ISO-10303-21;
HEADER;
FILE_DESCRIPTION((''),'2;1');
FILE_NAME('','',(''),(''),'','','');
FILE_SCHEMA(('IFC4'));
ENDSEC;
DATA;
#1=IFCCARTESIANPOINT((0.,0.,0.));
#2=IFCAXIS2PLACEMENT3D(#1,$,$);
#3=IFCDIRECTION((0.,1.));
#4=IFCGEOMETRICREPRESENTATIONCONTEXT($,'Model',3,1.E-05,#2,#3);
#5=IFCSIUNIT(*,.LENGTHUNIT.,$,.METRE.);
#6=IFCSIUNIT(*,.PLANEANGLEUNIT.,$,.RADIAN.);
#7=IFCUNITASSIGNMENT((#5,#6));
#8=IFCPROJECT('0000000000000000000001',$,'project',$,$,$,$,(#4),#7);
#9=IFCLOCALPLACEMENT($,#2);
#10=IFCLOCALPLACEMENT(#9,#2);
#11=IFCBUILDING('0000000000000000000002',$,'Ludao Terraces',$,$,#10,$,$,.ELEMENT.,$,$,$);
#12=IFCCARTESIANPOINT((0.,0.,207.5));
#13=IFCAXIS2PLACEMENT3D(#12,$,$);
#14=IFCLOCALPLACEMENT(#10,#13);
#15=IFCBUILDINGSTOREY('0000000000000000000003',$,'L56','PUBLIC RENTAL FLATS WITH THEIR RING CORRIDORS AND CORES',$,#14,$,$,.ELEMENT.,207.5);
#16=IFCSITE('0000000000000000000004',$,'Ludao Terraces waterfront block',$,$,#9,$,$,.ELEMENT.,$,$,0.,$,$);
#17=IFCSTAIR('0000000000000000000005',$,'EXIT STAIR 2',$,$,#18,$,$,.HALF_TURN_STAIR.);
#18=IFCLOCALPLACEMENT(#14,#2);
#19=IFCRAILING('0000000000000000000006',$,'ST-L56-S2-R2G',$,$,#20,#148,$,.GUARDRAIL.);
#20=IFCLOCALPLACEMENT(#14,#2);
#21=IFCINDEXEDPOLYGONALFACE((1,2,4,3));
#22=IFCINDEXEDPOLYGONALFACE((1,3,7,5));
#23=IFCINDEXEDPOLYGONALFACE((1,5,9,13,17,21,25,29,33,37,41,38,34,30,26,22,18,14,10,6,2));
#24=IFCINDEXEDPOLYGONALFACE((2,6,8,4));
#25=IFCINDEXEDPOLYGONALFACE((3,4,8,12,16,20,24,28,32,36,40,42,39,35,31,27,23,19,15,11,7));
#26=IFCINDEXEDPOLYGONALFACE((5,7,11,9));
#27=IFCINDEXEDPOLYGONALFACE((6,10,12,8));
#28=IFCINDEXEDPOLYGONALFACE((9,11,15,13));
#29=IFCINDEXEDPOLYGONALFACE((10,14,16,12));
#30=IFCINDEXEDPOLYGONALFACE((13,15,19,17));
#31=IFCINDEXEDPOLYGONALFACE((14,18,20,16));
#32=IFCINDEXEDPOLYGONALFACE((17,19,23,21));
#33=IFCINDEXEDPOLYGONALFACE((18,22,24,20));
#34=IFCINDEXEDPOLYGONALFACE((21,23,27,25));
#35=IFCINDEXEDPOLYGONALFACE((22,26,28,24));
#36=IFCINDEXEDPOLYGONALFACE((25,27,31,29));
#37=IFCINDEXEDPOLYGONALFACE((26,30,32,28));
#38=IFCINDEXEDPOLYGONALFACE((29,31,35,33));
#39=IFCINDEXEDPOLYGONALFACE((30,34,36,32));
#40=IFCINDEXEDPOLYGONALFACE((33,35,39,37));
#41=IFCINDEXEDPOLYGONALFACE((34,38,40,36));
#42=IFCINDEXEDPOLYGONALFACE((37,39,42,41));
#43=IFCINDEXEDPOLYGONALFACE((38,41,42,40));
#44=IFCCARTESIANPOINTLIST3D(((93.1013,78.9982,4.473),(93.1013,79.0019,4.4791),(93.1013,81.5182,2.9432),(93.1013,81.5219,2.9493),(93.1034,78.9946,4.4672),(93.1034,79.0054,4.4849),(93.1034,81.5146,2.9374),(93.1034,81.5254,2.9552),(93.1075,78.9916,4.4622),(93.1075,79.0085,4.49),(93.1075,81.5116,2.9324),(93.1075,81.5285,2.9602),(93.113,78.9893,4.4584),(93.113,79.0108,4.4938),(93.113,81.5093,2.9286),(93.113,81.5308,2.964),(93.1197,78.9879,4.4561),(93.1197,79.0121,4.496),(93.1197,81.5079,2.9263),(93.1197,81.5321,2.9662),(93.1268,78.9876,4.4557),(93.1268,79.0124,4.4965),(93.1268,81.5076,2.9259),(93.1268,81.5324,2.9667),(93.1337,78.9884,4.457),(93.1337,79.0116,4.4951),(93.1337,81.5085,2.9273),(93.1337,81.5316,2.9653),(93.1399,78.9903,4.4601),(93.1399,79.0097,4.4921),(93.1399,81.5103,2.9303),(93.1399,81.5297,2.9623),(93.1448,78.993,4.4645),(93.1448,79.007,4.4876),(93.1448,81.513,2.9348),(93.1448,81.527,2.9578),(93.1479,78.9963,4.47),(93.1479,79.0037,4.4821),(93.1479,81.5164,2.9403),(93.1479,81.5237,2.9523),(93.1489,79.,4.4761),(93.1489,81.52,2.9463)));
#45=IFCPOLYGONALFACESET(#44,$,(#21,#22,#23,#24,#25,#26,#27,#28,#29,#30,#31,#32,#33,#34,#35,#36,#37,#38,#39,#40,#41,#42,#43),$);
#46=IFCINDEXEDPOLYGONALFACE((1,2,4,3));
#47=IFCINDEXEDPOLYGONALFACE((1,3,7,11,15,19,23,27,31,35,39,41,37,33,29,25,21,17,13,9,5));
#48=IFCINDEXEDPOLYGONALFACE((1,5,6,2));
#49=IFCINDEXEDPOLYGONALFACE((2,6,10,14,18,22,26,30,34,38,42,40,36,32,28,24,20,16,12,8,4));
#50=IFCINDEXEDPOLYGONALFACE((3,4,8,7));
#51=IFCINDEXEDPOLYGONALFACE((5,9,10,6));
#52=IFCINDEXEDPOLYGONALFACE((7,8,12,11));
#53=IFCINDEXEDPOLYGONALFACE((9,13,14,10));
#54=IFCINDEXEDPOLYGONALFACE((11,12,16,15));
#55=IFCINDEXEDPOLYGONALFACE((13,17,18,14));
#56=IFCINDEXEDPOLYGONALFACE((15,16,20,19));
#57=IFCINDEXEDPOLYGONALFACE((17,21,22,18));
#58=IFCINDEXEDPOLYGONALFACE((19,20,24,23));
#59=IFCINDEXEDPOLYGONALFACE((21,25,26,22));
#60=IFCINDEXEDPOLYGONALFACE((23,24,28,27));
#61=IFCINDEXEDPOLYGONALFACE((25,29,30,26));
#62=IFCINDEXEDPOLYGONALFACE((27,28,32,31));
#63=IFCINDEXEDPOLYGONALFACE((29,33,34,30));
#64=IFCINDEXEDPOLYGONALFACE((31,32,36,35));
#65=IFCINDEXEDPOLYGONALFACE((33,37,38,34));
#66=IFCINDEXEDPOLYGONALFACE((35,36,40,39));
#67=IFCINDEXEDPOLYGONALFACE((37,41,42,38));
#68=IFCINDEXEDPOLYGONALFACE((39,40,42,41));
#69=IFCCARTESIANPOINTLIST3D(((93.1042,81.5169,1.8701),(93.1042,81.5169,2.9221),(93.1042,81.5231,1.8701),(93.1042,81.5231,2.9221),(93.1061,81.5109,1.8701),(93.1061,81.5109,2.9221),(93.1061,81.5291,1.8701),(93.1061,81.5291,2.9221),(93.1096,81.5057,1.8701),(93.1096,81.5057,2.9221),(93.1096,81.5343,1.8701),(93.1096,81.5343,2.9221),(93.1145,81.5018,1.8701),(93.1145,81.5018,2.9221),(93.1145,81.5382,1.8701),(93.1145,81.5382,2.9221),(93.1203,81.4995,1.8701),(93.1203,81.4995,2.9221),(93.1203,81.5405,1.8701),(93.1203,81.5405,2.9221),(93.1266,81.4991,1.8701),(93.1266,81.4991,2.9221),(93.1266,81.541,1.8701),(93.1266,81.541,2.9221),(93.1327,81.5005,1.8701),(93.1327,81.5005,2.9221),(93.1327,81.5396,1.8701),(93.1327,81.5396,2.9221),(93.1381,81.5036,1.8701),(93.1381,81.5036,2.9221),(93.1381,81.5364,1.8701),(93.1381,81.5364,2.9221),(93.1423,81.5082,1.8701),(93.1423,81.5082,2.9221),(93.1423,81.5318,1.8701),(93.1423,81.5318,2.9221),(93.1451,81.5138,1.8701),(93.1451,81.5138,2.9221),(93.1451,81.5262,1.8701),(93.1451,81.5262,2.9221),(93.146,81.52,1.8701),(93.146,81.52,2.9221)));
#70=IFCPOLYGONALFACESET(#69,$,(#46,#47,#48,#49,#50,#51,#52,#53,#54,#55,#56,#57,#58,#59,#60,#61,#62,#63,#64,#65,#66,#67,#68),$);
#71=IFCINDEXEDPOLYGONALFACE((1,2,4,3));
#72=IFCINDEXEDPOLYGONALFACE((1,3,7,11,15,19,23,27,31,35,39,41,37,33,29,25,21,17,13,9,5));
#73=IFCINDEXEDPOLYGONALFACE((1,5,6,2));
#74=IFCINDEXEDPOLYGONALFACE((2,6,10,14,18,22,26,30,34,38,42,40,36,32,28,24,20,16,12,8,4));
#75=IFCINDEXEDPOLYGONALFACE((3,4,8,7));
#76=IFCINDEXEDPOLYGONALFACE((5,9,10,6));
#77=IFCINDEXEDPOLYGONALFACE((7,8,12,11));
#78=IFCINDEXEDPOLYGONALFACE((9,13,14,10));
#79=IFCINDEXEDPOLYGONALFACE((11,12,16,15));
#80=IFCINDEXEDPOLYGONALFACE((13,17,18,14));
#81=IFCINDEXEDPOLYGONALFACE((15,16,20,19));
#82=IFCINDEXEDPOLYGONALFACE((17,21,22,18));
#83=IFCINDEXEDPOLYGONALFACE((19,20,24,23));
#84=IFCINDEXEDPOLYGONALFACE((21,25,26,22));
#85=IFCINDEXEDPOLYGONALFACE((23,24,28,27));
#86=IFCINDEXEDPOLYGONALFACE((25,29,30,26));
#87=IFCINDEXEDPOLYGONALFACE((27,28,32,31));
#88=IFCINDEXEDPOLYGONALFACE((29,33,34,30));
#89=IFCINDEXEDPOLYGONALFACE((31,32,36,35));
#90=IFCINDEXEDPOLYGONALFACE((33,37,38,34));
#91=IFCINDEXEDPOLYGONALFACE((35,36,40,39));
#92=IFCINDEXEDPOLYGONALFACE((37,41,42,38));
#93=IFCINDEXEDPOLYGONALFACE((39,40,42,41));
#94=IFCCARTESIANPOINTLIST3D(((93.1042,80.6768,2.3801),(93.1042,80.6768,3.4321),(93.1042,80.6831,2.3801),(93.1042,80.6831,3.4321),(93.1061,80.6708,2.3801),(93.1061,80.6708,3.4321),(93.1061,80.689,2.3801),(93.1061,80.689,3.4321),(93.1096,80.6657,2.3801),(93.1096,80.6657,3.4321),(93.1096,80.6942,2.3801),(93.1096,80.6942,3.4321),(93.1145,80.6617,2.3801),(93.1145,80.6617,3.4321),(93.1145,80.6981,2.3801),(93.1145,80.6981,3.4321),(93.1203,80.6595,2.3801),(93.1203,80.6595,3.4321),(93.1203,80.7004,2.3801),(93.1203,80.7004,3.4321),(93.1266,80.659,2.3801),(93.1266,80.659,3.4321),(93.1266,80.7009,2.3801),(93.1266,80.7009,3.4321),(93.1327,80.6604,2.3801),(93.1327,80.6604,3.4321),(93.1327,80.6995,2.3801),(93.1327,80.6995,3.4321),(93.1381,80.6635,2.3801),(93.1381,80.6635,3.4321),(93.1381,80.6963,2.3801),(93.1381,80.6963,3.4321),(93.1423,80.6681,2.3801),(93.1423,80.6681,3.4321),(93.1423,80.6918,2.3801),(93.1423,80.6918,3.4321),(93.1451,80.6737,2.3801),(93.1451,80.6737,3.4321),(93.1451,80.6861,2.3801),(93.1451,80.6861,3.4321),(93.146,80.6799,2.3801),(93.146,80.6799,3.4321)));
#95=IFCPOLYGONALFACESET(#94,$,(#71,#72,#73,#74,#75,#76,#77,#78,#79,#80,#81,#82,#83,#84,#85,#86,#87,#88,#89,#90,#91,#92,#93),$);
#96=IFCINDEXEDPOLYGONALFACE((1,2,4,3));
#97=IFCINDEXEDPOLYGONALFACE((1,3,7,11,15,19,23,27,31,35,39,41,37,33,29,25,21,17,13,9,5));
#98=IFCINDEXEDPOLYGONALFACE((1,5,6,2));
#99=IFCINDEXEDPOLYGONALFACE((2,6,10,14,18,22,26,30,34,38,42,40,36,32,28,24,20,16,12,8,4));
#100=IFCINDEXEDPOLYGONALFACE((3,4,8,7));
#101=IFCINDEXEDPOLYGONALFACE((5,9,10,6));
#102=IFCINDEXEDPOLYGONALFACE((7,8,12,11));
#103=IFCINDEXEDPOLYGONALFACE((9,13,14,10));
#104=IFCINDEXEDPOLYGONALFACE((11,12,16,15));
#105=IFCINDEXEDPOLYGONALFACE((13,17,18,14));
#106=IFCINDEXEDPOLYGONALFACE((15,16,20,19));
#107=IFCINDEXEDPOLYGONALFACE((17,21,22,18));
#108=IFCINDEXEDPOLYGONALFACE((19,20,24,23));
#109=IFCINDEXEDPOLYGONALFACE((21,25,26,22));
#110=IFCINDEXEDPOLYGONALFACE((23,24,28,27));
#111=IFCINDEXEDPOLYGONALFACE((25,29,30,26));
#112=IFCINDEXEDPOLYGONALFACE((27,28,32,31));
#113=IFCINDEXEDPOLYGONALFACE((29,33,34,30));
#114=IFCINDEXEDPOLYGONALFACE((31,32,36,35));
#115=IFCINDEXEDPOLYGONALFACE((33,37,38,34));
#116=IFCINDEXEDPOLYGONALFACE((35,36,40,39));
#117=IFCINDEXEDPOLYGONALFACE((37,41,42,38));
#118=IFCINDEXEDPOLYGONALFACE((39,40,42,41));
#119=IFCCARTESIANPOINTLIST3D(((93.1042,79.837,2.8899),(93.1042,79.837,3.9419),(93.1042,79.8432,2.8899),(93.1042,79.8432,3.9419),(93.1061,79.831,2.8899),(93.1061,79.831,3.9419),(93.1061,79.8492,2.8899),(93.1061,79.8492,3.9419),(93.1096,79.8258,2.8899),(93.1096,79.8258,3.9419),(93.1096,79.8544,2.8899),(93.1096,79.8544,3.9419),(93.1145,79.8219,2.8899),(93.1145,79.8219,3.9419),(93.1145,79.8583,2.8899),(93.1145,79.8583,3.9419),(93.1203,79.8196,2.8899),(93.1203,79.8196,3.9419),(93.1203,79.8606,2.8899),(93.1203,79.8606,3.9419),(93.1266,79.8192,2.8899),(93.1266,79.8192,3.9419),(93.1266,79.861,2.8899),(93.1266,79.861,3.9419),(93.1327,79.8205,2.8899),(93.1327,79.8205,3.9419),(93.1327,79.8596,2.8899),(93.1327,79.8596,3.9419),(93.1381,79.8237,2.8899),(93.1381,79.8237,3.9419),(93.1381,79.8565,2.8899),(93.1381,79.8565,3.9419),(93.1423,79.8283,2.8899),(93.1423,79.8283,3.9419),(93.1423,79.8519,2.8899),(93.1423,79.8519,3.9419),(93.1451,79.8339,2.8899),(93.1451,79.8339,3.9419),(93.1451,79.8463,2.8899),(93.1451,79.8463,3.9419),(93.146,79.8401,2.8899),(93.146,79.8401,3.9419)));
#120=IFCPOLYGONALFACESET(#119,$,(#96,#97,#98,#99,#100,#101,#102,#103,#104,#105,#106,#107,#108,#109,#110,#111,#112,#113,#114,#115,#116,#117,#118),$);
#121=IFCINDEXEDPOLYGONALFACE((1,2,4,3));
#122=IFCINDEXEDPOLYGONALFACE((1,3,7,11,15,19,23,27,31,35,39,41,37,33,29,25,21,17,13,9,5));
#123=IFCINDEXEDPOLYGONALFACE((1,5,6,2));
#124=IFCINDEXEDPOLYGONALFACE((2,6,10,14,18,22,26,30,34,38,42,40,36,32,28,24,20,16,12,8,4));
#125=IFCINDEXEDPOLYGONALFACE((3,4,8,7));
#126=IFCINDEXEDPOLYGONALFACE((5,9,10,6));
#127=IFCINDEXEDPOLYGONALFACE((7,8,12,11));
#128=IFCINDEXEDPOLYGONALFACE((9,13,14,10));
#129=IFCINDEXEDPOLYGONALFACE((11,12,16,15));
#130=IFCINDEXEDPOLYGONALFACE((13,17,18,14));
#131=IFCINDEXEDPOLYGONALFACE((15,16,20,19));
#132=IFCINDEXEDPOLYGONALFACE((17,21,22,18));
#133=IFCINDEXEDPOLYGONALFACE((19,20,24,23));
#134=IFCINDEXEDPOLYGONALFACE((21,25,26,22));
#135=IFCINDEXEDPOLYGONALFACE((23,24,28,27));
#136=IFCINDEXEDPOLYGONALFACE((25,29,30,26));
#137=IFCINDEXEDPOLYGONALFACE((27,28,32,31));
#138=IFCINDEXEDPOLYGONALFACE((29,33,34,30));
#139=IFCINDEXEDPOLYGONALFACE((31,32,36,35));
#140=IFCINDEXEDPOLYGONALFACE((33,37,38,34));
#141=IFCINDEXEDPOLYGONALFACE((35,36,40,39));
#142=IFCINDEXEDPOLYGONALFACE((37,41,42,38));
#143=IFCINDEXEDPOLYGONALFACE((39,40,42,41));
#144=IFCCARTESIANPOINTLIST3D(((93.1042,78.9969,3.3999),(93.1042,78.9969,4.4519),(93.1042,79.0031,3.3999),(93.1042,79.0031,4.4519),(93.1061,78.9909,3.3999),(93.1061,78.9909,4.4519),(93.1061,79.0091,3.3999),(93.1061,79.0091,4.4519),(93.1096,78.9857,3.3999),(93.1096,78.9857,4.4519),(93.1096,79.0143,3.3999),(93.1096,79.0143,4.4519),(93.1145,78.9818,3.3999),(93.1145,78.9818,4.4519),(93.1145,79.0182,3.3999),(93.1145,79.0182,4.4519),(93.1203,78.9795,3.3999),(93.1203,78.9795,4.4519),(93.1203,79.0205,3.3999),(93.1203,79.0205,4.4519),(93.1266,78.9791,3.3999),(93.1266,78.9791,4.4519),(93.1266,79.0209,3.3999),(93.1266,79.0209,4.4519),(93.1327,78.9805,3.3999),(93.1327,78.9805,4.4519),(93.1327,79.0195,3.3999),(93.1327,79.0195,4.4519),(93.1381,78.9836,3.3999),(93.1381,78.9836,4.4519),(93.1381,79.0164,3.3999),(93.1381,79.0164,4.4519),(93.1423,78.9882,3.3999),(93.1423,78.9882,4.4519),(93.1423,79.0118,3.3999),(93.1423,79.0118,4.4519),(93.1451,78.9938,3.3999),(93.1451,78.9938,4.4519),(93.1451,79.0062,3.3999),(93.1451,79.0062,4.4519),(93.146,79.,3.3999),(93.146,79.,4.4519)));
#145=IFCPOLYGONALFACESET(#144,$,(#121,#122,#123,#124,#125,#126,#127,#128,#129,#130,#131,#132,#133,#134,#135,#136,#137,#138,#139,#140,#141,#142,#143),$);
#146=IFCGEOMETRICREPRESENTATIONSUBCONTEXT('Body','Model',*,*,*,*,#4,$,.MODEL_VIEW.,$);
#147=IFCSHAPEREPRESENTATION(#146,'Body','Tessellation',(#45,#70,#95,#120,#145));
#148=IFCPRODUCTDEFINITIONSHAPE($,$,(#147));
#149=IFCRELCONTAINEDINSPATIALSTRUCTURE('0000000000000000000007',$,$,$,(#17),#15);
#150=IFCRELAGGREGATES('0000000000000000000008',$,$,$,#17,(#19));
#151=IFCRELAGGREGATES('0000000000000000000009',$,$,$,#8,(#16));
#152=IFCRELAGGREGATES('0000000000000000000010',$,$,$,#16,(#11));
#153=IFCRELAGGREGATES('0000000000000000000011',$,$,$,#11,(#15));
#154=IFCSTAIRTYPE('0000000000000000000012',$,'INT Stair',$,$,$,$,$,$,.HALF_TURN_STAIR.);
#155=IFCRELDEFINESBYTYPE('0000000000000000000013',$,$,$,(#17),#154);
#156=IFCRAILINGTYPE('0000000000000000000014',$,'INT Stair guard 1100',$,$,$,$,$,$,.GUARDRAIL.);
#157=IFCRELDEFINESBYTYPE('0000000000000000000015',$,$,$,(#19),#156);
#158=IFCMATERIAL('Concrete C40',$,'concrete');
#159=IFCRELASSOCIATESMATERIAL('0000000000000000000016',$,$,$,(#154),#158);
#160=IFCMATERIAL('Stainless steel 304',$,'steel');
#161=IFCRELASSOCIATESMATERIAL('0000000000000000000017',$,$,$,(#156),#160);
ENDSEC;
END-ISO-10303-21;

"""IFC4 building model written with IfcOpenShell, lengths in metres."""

from ifc_helpers import new_model, si_unit, direction, frame, origin, origin_2d, place, context, subcontext, project, spatial, circle, extrude, material, type_object, element, aggregate, save


model = new_model("IFC4")

# Units and contexts
model_context = context("Model", 3, precision=1e-05, world=origin(), true_north=direction((0.0, 1.0)))
body_context = subcontext(model_context, "Body", "Model", "MODEL_VIEW")
ifc_project = project(units=[si_unit("LENGTHUNIT", "METRE"), si_unit("PLANEANGLEUNIT", "RADIAN")], contexts=[model_context])

# Site, building, storey
site_placement = place(None, origin())
site = spatial("IfcSite", under=ifc_project, at=site_placement, Name="Ludao Terraces waterfront block", CompositionType="ELEMENT", RefElevation=0.0)
building_placement = place(site_placement, origin())
building = spatial("IfcBuilding", under=site, at=building_placement, Name="Ludao Terraces", CompositionType="ELEMENT")
storey_placement = place(building_placement, frame((0.0, 0.0, 207.5)))
storey = spatial("IfcBuildingStorey", under=building, at=storey_placement, Name="L56", Description="PUBLIC RENTAL FLATS WITH THEIR RING CORRIDORS AND CORES", CompositionType="ELEMENT", Elevation=207.5)

# Stair, railing
ifc_material_1 = material(Name="Concrete C40", Category="concrete")
stair_type = type_object("IfcStairType", Name="INT Stair", PredefinedType="HALF_TURN_STAIR", material=ifc_material_1)
stair_placement = place(storey_placement, origin())
stair = element("IfcStair", 1, at=stair_placement, inside=storey, type_object=stair_type, Name="EXIT STAIR 2", PredefinedType="HALF_TURN_STAIR")
ifc_material_2 = material(Name="Stainless steel 304", Category="steel")
railing_type_1 = type_object("IfcRailingType", Name="INT Stair guard 1100", PredefinedType="GUARDRAIL", material=ifc_material_2)
railing_1_placement = place(storey_placement, frame((93.125, 81.52, 1.8701)))
railing_1 = element("IfcRailing", 2, at=railing_1_placement, type_object=railing_type_1, Name="ST-L56-S2-R2G", PredefinedType="GUARDRAIL", context=body_context, shape_type="SweptSolid", body=[
    extrude(circle(Radius=0.0239, at=origin_2d()), frame((0.0, 0.0, 1.0762), z_axis=(0.0, -0.854822, 0.518922), x_axis=(1.0, 0.0, 0.0)), (0.0, 0.0, 1.0), 2.948),
    extrude(circle(Radius=0.021, at=origin_2d()), origin(), (0.0, 0.0, 1.0), 1.052),
    extrude(circle(Radius=0.021, at=origin_2d()), frame((0.0, -0.8401, 0.51)), (0.0, 0.0, 1.0), 1.052),
    extrude(circle(Radius=0.021, at=origin_2d()), frame((0.0, -1.6799, 1.0198)), (0.0, 0.0, 1.0), 1.052),
    extrude(circle(Radius=0.021, at=origin_2d()), frame((0.0, -2.52, 1.5298)), (0.0, 0.0, 1.0), 1.052),
])
aggregate(stair, [railing_1])

save(model, "model.ifc")
